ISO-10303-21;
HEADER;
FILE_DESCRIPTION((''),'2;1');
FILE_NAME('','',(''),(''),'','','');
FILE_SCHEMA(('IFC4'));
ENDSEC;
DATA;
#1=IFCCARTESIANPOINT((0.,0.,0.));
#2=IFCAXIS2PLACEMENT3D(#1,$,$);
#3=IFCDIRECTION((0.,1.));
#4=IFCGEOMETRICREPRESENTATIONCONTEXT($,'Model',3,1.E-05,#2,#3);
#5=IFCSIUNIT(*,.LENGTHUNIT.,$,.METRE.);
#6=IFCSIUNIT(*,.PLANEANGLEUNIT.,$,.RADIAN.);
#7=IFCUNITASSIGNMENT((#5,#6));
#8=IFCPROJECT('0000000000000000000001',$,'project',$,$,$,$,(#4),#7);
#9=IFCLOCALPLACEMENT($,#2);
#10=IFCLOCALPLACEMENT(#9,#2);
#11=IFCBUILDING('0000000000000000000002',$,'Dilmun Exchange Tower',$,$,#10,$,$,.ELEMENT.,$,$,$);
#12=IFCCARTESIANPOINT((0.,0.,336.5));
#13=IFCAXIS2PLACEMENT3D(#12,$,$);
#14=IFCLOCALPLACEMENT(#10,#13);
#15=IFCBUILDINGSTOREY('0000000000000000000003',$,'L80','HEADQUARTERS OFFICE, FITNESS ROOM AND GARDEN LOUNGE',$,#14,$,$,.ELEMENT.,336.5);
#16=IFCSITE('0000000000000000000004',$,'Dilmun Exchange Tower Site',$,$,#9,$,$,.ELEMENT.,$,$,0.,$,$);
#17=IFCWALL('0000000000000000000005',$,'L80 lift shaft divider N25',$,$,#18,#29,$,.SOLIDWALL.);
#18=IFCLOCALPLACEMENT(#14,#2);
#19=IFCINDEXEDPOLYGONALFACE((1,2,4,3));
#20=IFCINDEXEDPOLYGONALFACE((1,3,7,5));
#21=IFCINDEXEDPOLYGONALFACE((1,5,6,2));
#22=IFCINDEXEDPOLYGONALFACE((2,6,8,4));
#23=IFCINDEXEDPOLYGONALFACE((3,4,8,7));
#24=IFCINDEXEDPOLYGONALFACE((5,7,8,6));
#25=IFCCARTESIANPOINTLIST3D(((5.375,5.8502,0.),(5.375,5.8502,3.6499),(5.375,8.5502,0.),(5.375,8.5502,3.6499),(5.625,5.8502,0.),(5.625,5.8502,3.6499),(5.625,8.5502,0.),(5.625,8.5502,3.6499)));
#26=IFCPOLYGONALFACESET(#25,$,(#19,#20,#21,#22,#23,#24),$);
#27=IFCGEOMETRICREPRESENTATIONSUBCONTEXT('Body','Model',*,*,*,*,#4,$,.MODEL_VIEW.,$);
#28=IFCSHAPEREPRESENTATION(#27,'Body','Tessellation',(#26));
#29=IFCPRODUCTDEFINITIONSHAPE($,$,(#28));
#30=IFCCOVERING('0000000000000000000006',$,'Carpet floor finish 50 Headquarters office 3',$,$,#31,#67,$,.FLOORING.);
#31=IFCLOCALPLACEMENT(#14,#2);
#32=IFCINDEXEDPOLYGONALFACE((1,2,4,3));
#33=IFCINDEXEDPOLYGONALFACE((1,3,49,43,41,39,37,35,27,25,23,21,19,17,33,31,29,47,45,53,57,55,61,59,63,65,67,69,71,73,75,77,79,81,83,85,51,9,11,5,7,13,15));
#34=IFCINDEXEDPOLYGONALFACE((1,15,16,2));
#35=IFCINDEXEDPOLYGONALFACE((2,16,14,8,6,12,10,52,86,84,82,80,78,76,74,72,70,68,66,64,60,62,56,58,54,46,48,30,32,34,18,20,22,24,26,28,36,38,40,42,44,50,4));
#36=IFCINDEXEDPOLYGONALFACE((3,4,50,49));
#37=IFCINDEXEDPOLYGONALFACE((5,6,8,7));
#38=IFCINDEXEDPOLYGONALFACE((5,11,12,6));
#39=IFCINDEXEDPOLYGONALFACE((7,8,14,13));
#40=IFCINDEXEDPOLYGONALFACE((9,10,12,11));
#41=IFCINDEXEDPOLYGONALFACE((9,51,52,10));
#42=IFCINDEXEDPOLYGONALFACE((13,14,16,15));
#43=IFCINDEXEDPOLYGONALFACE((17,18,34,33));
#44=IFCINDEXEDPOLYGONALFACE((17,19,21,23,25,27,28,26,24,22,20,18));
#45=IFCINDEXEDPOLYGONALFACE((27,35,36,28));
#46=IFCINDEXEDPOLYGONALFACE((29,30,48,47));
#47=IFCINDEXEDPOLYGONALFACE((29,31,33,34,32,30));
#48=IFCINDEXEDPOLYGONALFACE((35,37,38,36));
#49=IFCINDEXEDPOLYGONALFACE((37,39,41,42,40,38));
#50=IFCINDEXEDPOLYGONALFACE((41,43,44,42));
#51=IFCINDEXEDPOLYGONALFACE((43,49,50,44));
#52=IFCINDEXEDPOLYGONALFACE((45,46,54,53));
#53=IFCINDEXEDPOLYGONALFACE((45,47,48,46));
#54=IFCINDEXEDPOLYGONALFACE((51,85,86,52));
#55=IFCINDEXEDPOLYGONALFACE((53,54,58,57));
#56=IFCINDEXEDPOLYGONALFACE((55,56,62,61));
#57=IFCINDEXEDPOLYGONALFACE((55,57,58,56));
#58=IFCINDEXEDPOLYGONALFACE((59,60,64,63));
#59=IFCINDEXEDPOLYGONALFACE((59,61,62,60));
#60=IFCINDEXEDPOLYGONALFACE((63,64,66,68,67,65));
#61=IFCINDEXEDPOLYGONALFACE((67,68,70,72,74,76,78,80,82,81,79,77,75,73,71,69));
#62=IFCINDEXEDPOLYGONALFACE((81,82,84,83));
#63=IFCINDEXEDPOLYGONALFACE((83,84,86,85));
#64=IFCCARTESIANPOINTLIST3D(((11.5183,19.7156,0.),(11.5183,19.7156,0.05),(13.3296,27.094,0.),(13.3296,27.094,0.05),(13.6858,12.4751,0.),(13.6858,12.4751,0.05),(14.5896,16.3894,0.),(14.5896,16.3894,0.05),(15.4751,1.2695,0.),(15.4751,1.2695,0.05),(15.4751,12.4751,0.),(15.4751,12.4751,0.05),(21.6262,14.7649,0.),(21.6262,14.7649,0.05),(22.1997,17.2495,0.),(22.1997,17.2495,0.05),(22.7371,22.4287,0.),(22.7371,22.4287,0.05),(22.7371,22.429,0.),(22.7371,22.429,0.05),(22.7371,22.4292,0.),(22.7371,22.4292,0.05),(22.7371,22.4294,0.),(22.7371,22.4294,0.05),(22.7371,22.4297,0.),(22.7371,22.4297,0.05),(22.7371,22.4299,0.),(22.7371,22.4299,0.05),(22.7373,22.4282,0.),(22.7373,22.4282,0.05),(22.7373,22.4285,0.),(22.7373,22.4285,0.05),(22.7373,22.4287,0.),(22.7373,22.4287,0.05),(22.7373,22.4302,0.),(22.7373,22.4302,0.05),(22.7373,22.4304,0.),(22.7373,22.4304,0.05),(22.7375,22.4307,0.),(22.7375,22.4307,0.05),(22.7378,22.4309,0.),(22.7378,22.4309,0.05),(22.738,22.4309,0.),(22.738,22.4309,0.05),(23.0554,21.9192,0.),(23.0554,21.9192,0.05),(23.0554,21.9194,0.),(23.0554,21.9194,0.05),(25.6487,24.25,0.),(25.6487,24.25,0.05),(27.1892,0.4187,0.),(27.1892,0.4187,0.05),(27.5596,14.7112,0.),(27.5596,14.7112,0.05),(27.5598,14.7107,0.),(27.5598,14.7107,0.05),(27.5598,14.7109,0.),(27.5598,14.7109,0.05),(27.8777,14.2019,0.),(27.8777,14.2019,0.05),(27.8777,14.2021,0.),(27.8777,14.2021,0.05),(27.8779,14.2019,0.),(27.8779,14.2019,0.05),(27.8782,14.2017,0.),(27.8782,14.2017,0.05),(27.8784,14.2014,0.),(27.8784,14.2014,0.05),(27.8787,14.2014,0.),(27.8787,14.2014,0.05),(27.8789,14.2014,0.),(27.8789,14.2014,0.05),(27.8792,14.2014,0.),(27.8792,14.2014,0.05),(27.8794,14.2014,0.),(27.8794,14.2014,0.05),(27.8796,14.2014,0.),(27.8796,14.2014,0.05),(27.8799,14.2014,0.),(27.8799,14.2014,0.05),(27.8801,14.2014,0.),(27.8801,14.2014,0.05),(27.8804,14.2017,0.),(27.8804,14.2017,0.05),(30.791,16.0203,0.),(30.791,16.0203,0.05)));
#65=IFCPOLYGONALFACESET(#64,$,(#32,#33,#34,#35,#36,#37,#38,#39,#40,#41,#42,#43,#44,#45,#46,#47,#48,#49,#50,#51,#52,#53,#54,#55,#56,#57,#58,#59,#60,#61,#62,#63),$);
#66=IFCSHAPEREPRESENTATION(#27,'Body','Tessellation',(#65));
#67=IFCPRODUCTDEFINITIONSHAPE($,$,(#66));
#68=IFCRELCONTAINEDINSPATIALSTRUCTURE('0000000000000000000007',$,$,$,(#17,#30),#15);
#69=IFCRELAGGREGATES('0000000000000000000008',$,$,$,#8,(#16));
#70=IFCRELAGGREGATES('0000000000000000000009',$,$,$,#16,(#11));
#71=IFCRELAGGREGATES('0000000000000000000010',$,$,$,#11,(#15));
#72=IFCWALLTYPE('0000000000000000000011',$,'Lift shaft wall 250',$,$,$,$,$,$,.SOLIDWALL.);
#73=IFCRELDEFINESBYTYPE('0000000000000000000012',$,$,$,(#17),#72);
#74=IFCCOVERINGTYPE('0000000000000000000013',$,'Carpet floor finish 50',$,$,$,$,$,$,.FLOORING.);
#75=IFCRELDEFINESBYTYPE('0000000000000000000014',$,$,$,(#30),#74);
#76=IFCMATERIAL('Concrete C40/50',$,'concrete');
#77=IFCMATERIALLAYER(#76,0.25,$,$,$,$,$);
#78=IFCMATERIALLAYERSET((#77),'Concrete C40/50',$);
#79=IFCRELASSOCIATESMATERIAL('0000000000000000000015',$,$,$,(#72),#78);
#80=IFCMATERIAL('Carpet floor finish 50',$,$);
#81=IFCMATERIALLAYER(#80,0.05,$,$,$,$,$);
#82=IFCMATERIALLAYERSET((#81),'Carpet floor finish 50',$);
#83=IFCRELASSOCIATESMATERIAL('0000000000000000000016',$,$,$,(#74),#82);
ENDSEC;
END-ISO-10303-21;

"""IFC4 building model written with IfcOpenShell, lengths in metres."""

from ifc_helpers import new_model, si_unit, direction, frame, frame_2d, origin, place, context, subcontext, project, spatial, polyline, rectangle, outline, extrude, material, layer, layer_set, type_object, element, save


model = new_model("IFC4")

# Units and contexts
model_context = context("Model", 3, precision=1e-05, world=origin(), true_north=direction((0.0, 1.0)))
body_context = subcontext(model_context, "Body", "Model", "MODEL_VIEW")
ifc_project = project(units=[si_unit("LENGTHUNIT", "METRE"), si_unit("PLANEANGLEUNIT", "RADIAN")], contexts=[model_context])

# Site, building, storey
site_placement = place(None, origin())
site = spatial("IfcSite", under=ifc_project, at=site_placement, Name="Dilmun Exchange Tower Site", CompositionType="ELEMENT", RefElevation=0.0)
building_placement = place(site_placement, origin())
building = spatial("IfcBuilding", under=site, at=building_placement, Name="Dilmun Exchange Tower", CompositionType="ELEMENT")
storey_placement = place(building_placement, frame((0.0, 0.0, 336.5)))
storey = spatial("IfcBuildingStorey", under=building, at=storey_placement, Name="L80", Description="HEADQUARTERS OFFICE, FITNESS ROOM AND GARDEN LOUNGE", CompositionType="ELEMENT", Elevation=336.5)

# Shared definitions
ifc_material_1 = material(Name="Concrete C40/50", Category="concrete")

# Shared definitions
ifc_layer_1 = layer(ifc_material_1, 0.25)
ifc_layer_set_1 = layer_set([ifc_layer_1], Name="Concrete C40/50")
wall_type_1 = type_object("IfcWallType", Name="Lift shaft wall 250", PredefinedType="SOLIDWALL", material=ifc_layer_set_1)

# Wall
for number, where, z_axis, x_axis, name in (
    (1, (5.5, 5.8501, 0.0), (0.0, 0.0, 1.0), (0.0, 1.0, 0.0), "L80 lift shaft divider N25"),
):
    element("IfcWall", number, at=place(storey_placement, frame(where, z_axis=z_axis, x_axis=x_axis)), inside=storey, type_object=wall_type_1, Name=name, PredefinedType="SOLIDWALL", context=body_context, shape_type="SweptSolid", body=[
        extrude(rectangle(XDim=2.7, YDim=0.25, at=frame_2d((1.3501, 0.0))), origin(), (0.0, 0.0, 1.0), 3.6499),
    ])

# Covering
ifc_material_2 = material(Name="Carpet floor finish 50")
ifc_layer_2 = layer(ifc_material_2, 0.05)
ifc_layer_set_2 = layer_set([ifc_layer_2], Name="Carpet floor finish 50")
covering_type = type_object("IfcCoveringType", Name="Carpet floor finish 50", PredefinedType="FLOORING", material=ifc_layer_set_2)
covering_placement = place(storey_placement, origin())
element("IfcCovering", 2, at=covering_placement, inside=storey, type_object=covering_type, Name="Carpet floor finish 50 Headquarters office 3", PredefinedType="FLOORING", context=body_context, shape_type="SweptSolid", body=[
    extrude(outline(polyline([(15.4751, 1.2695), (15.4751, 12.4751), (13.6858, 12.4751), (14.5896, 16.3894), (21.6262, 14.7649), (22.1997, 17.2495), (11.5183, 19.7156), (13.3296, 27.094), (25.6487, 24.25), (22.738, 22.4309), (22.7378, 22.4309), (22.7378, 22.4309), (22.7375, 22.4307), (22.7373, 22.4304), (22.7373, 22.4304), (22.7373, 22.4302), (22.7371, 22.4299), (22.7371, 22.4297), (22.7371, 22.4297), (22.7371, 22.4294), (22.7371, 22.4292), (22.7371, 22.429), (22.7371, 22.4287), (22.7373, 22.4287), (22.7373, 22.4285), (22.7373, 22.4282), (23.0554, 21.9194), (23.0554, 21.9192), (23.0554, 21.9192), (27.5596, 14.7112), (27.5598, 14.7109), (27.5598, 14.7107), (27.8777, 14.2021), (27.8777, 14.2021), (27.8777, 14.2019), (27.8779, 14.2019), (27.8782, 14.2017), (27.8784, 14.2014), (27.8784, 14.2014), (27.8787, 14.2014), (27.8789, 14.2014), (27.8789, 14.2014), (27.8792, 14.2014), (27.8794, 14.2014), (27.8796, 14.2014), (27.8799, 14.2014), (27.8799, 14.2014), (27.8801, 14.2014), (27.8804, 14.2017), (30.791, 16.0203), (27.1892, 0.4187), (15.4751, 1.2695)])), origin(), (0.0, 0.0, 1.0), 0.05),
])

save(model, "model.ifc")
